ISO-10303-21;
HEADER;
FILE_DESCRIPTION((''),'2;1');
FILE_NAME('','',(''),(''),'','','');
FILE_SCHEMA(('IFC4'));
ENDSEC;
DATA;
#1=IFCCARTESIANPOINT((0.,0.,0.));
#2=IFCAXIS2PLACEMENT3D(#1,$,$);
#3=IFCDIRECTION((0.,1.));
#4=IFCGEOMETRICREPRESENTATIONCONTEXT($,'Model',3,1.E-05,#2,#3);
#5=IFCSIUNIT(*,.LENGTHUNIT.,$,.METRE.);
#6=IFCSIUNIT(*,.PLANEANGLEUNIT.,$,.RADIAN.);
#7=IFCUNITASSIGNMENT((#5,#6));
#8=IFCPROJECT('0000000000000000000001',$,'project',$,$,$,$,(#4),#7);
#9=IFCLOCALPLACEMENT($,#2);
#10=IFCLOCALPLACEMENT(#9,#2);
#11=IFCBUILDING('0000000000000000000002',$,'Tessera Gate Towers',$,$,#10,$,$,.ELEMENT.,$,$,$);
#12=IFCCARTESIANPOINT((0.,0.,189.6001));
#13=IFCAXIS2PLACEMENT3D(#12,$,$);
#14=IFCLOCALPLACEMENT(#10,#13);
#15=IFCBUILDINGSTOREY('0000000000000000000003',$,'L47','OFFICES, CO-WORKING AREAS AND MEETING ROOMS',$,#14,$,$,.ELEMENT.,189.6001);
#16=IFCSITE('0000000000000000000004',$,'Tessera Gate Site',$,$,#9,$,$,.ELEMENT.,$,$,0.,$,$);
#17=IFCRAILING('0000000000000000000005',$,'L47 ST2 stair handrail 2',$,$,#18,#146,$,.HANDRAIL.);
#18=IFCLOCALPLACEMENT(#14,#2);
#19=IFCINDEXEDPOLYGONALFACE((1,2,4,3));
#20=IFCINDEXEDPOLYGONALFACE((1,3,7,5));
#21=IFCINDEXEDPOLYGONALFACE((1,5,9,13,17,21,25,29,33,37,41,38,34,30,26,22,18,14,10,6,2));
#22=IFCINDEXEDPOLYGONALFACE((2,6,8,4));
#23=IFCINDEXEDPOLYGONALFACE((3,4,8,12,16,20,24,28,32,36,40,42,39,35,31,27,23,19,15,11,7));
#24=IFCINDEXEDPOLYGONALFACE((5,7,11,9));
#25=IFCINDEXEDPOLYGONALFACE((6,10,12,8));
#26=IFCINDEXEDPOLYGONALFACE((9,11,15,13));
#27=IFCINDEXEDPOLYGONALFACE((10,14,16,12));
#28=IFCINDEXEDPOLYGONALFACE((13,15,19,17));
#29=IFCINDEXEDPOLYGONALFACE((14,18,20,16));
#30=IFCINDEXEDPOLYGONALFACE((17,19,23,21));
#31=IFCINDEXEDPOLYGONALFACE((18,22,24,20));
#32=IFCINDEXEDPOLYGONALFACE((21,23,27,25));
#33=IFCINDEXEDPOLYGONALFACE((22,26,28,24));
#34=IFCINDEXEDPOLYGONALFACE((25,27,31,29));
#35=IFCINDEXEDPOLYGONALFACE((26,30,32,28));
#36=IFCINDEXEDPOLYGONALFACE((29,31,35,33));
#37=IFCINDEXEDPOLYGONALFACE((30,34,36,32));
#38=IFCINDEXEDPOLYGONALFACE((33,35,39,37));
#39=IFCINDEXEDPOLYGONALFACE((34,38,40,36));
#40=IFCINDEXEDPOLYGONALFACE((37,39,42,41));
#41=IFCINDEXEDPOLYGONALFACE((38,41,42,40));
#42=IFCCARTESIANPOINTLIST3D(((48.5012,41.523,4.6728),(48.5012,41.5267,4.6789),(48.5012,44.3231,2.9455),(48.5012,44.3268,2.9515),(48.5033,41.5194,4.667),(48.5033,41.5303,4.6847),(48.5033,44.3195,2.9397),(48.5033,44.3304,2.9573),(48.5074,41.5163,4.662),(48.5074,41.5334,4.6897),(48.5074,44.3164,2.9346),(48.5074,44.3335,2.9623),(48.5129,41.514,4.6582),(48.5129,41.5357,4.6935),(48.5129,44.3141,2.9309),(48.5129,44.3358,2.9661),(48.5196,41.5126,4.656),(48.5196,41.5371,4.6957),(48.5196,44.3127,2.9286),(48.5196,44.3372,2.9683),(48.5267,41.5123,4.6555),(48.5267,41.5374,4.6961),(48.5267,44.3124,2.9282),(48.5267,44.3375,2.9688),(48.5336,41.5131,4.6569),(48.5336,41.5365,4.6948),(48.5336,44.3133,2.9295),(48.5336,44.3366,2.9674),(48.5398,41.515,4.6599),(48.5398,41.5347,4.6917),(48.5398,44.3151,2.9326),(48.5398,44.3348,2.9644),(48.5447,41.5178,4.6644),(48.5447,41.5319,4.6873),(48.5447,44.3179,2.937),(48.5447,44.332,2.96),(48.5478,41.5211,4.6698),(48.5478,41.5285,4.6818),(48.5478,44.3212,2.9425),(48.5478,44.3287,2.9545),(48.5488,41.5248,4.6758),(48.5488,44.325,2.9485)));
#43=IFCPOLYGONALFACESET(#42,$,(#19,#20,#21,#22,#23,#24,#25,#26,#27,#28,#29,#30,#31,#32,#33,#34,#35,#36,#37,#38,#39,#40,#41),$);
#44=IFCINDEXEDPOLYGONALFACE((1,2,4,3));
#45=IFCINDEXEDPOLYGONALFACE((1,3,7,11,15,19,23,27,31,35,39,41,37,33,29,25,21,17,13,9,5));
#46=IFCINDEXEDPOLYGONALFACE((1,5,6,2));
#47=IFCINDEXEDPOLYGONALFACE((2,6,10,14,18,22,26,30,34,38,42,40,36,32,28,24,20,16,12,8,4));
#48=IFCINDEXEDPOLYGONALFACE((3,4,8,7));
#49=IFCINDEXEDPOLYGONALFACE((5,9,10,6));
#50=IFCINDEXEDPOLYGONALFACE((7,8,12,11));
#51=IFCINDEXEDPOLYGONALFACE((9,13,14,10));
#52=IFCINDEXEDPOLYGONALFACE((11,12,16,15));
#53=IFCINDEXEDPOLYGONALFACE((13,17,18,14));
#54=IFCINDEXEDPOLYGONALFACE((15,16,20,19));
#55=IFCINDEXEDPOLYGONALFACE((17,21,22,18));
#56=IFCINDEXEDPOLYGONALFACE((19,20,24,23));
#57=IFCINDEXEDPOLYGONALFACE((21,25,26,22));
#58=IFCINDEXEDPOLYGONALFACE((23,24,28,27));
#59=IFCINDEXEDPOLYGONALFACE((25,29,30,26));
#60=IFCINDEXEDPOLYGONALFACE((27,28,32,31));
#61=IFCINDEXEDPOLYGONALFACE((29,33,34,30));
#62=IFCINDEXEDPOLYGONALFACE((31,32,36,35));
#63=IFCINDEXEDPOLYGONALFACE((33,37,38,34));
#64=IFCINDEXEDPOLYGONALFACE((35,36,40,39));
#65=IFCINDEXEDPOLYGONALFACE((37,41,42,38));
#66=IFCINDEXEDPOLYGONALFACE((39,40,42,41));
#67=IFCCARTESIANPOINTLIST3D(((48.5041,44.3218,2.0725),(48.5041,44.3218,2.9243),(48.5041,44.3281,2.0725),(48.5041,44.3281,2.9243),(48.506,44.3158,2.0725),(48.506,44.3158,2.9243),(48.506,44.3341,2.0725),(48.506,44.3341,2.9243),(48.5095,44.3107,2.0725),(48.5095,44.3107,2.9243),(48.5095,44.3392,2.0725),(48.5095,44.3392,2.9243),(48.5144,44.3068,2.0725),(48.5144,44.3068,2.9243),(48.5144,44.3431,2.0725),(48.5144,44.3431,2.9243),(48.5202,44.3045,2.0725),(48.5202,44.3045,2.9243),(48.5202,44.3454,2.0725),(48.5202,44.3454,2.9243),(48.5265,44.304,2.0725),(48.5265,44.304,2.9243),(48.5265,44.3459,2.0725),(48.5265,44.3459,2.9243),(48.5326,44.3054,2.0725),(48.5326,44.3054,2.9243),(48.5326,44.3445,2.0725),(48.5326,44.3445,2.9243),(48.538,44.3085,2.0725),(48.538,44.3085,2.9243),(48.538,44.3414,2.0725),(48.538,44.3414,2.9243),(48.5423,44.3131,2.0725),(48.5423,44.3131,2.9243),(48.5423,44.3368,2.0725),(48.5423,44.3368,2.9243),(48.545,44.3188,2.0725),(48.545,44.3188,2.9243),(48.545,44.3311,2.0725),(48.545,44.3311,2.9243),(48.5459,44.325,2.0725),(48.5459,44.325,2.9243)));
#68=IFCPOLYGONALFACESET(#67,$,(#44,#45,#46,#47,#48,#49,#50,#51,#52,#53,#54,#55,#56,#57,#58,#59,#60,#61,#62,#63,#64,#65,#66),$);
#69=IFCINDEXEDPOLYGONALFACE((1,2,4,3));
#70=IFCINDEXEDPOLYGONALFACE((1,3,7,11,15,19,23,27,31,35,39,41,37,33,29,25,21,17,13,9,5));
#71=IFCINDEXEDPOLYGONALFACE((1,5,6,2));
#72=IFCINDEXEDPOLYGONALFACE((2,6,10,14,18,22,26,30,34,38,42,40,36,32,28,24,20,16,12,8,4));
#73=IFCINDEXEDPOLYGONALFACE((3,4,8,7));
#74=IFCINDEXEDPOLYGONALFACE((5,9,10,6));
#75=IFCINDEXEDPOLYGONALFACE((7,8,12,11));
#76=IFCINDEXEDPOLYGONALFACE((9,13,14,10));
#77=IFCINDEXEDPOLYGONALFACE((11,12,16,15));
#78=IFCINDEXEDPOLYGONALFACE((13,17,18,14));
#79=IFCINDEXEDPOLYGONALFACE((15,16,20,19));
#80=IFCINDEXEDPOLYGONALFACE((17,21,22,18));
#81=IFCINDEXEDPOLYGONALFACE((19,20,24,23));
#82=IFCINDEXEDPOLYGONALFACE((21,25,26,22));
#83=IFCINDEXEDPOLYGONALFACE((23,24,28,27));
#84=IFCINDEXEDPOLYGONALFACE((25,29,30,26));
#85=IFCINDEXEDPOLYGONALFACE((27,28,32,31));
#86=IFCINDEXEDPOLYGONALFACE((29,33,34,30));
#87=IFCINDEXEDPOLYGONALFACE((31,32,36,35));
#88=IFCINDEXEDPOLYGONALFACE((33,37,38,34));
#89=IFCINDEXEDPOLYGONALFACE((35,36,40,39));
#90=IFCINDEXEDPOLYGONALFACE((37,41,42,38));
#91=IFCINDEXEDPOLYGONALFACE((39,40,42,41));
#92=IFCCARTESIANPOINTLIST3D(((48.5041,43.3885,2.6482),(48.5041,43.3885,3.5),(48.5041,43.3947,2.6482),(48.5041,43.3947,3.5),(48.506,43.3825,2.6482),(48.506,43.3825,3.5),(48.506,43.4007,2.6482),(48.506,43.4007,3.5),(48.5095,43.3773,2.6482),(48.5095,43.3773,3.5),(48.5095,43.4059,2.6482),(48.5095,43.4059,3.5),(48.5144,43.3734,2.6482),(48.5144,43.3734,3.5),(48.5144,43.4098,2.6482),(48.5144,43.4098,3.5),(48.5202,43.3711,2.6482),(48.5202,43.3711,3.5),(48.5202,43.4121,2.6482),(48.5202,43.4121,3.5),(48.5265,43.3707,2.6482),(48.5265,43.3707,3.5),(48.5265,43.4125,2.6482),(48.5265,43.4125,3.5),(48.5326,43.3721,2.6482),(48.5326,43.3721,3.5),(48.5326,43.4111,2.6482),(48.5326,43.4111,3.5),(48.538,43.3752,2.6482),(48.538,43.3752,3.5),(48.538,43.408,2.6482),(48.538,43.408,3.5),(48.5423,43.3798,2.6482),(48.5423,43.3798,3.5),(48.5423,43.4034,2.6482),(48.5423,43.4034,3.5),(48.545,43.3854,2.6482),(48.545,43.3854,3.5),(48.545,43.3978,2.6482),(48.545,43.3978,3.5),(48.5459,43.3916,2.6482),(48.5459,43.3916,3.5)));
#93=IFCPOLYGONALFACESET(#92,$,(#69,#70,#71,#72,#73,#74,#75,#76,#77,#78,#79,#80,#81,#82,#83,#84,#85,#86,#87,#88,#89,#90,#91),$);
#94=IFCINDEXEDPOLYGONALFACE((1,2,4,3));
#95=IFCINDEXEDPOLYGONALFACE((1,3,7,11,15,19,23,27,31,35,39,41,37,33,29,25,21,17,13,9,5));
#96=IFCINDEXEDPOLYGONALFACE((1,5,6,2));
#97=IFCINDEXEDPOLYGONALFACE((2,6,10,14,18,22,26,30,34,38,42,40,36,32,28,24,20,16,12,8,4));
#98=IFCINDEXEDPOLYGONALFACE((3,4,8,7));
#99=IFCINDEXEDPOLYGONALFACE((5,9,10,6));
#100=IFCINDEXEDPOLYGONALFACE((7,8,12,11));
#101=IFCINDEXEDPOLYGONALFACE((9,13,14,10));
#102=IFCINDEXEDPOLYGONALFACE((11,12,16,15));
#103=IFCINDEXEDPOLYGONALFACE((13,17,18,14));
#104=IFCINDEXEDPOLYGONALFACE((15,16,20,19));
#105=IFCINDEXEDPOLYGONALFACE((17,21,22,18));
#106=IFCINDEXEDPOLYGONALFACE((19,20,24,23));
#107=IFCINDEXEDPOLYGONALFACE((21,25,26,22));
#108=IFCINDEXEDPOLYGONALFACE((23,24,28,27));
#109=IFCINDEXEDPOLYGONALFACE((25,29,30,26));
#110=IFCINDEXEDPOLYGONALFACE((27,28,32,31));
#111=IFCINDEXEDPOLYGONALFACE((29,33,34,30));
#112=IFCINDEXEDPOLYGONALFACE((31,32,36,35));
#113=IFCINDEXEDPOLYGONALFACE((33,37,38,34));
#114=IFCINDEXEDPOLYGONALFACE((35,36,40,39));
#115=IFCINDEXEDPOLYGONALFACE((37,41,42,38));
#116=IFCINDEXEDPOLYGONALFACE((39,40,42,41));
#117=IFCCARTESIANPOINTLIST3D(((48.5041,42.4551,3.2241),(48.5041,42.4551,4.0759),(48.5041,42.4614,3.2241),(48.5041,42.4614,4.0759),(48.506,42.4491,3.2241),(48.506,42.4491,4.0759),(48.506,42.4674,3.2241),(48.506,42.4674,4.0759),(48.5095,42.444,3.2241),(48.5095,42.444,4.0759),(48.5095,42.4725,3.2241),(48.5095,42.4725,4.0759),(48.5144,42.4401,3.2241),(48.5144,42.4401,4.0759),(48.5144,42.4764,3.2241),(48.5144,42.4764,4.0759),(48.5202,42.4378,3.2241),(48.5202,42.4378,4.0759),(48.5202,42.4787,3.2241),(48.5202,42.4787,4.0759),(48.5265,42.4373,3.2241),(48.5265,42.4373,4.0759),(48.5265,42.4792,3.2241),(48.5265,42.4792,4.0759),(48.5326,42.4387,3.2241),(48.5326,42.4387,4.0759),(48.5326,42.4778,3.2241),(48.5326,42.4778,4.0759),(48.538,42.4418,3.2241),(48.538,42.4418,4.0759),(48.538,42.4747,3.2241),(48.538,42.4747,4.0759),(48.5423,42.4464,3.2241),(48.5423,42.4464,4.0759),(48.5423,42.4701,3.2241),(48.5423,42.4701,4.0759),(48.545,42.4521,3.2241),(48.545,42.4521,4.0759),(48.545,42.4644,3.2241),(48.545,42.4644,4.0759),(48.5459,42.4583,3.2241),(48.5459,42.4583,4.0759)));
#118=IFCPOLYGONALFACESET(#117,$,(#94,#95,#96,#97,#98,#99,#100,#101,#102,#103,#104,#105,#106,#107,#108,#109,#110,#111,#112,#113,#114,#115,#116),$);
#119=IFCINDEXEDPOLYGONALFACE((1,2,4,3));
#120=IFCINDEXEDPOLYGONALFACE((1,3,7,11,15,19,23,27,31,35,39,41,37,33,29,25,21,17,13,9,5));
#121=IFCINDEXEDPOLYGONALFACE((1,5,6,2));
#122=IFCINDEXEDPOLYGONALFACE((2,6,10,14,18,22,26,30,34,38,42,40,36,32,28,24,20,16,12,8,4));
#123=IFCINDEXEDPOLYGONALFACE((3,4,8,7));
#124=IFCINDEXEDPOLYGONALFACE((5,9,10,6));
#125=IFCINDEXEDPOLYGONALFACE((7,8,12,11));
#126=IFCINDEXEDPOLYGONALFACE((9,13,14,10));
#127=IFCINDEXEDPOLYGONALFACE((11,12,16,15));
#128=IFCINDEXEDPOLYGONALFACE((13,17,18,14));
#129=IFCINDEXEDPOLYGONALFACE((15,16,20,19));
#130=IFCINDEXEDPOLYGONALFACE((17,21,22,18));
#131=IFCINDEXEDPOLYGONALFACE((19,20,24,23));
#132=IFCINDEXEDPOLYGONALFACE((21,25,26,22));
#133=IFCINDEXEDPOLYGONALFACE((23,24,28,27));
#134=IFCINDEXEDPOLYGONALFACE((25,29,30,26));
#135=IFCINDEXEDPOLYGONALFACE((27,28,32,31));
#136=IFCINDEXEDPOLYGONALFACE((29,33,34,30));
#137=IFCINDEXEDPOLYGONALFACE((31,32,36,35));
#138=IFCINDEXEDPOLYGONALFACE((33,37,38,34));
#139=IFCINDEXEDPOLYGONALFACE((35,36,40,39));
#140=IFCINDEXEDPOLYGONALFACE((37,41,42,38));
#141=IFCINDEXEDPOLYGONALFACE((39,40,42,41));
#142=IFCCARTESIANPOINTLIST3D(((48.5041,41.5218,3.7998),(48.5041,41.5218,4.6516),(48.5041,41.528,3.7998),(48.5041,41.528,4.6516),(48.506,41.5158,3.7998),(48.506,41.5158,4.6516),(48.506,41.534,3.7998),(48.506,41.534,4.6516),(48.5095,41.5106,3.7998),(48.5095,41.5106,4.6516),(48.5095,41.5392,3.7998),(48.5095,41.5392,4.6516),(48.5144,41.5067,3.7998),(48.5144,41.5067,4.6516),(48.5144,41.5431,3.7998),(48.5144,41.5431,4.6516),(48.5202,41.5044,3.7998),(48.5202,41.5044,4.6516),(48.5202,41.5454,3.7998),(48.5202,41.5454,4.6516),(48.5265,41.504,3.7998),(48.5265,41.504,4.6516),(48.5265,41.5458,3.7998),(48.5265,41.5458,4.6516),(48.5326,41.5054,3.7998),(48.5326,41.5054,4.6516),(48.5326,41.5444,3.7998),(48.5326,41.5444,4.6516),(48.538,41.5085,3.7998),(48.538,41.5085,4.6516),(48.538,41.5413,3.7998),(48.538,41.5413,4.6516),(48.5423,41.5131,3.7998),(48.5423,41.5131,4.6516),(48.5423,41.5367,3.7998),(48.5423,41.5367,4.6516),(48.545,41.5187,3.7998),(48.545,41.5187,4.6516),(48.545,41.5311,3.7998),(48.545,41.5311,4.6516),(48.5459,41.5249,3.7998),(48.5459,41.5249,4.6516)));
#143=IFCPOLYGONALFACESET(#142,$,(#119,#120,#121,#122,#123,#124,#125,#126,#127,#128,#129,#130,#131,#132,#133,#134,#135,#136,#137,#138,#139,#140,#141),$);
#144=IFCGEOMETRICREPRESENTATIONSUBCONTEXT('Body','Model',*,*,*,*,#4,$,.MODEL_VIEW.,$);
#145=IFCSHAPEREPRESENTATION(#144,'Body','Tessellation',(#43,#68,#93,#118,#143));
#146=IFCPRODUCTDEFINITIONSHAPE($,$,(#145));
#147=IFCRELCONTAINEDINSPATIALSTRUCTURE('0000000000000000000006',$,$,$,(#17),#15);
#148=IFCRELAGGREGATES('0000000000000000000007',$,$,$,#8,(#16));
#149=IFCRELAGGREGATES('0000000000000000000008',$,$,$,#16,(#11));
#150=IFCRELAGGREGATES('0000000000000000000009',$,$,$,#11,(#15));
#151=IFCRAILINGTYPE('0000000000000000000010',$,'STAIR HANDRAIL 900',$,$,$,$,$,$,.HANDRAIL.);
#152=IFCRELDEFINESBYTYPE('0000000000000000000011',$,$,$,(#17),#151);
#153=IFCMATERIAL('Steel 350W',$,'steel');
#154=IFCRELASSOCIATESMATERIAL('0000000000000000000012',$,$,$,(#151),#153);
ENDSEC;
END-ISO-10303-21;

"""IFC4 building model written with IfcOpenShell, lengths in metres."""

from ifc_helpers import new_model, si_unit, direction, frame, origin, origin_2d, place, context, subcontext, project, spatial, circle, extrude, material, type_object, element, save


model = new_model("IFC4")

# Units and contexts
model_context = context("Model", 3, precision=1e-05, world=origin(), true_north=direction((0.0, 1.0)))
body_context = subcontext(model_context, "Body", "Model", "MODEL_VIEW")
ifc_project = project(units=[si_unit("LENGTHUNIT", "METRE"), si_unit("PLANEANGLEUNIT", "RADIAN")], contexts=[model_context])

# Site, building, storey
site_placement = place(None, origin())
site = spatial("IfcSite", under=ifc_project, at=site_placement, Name="Tessera Gate Site", CompositionType="ELEMENT", RefElevation=0.0)
building_placement = place(site_placement, origin())
building = spatial("IfcBuilding", under=site, at=building_placement, Name="Tessera Gate Towers", CompositionType="ELEMENT")
storey_placement = place(building_placement, frame((0.0, 0.0, 189.6001)))
storey = spatial("IfcBuildingStorey", under=building, at=storey_placement, Name="L47", Description="OFFICES, CO-WORKING AREAS AND MEETING ROOMS", CompositionType="ELEMENT", Elevation=189.6001)

# Railing
ifc_material_1 = material(Name="Steel 350W", Category="steel")
railing_type_1 = type_object("IfcRailingType", Name="STAIR HANDRAIL 900", PredefinedType="HANDRAIL", material=ifc_material_1)
railing_1_placement = place(storey_placement, frame((48.5249, 44.325, 2.0725)))
element("IfcRailing", 1, at=railing_1_placement, inside=storey, type_object=railing_type_1, Name="L47 ST2 stair handrail 2", PredefinedType="HANDRAIL", context=body_context, shape_type="SweptSolid", body=[
    extrude(circle(Radius=0.0239, at=origin_2d()), frame((0.0, 0.0, 0.876), z_axis=(0.0, -0.85109, 0.52502), x_axis=(1.0, 0.0, 0.0)), (0.0, 0.0, 1.0), 3.29),
    extrude(circle(Radius=0.021, at=origin_2d()), origin(), (0.0, 0.0, 1.0), 0.8518),
    extrude(circle(Radius=0.021, at=origin_2d()), frame((0.0, -0.9333, 0.5757)), (0.0, 0.0, 1.0), 0.8518),
    extrude(circle(Radius=0.021, at=origin_2d()), frame((0.0, -1.8667, 1.1516)), (0.0, 0.0, 1.0), 0.8518),
    extrude(circle(Radius=0.021, at=origin_2d()), frame((0.0, -2.8, 1.7273)), (0.0, 0.0, 1.0), 0.8518),
])

save(model, "model.ifc")
